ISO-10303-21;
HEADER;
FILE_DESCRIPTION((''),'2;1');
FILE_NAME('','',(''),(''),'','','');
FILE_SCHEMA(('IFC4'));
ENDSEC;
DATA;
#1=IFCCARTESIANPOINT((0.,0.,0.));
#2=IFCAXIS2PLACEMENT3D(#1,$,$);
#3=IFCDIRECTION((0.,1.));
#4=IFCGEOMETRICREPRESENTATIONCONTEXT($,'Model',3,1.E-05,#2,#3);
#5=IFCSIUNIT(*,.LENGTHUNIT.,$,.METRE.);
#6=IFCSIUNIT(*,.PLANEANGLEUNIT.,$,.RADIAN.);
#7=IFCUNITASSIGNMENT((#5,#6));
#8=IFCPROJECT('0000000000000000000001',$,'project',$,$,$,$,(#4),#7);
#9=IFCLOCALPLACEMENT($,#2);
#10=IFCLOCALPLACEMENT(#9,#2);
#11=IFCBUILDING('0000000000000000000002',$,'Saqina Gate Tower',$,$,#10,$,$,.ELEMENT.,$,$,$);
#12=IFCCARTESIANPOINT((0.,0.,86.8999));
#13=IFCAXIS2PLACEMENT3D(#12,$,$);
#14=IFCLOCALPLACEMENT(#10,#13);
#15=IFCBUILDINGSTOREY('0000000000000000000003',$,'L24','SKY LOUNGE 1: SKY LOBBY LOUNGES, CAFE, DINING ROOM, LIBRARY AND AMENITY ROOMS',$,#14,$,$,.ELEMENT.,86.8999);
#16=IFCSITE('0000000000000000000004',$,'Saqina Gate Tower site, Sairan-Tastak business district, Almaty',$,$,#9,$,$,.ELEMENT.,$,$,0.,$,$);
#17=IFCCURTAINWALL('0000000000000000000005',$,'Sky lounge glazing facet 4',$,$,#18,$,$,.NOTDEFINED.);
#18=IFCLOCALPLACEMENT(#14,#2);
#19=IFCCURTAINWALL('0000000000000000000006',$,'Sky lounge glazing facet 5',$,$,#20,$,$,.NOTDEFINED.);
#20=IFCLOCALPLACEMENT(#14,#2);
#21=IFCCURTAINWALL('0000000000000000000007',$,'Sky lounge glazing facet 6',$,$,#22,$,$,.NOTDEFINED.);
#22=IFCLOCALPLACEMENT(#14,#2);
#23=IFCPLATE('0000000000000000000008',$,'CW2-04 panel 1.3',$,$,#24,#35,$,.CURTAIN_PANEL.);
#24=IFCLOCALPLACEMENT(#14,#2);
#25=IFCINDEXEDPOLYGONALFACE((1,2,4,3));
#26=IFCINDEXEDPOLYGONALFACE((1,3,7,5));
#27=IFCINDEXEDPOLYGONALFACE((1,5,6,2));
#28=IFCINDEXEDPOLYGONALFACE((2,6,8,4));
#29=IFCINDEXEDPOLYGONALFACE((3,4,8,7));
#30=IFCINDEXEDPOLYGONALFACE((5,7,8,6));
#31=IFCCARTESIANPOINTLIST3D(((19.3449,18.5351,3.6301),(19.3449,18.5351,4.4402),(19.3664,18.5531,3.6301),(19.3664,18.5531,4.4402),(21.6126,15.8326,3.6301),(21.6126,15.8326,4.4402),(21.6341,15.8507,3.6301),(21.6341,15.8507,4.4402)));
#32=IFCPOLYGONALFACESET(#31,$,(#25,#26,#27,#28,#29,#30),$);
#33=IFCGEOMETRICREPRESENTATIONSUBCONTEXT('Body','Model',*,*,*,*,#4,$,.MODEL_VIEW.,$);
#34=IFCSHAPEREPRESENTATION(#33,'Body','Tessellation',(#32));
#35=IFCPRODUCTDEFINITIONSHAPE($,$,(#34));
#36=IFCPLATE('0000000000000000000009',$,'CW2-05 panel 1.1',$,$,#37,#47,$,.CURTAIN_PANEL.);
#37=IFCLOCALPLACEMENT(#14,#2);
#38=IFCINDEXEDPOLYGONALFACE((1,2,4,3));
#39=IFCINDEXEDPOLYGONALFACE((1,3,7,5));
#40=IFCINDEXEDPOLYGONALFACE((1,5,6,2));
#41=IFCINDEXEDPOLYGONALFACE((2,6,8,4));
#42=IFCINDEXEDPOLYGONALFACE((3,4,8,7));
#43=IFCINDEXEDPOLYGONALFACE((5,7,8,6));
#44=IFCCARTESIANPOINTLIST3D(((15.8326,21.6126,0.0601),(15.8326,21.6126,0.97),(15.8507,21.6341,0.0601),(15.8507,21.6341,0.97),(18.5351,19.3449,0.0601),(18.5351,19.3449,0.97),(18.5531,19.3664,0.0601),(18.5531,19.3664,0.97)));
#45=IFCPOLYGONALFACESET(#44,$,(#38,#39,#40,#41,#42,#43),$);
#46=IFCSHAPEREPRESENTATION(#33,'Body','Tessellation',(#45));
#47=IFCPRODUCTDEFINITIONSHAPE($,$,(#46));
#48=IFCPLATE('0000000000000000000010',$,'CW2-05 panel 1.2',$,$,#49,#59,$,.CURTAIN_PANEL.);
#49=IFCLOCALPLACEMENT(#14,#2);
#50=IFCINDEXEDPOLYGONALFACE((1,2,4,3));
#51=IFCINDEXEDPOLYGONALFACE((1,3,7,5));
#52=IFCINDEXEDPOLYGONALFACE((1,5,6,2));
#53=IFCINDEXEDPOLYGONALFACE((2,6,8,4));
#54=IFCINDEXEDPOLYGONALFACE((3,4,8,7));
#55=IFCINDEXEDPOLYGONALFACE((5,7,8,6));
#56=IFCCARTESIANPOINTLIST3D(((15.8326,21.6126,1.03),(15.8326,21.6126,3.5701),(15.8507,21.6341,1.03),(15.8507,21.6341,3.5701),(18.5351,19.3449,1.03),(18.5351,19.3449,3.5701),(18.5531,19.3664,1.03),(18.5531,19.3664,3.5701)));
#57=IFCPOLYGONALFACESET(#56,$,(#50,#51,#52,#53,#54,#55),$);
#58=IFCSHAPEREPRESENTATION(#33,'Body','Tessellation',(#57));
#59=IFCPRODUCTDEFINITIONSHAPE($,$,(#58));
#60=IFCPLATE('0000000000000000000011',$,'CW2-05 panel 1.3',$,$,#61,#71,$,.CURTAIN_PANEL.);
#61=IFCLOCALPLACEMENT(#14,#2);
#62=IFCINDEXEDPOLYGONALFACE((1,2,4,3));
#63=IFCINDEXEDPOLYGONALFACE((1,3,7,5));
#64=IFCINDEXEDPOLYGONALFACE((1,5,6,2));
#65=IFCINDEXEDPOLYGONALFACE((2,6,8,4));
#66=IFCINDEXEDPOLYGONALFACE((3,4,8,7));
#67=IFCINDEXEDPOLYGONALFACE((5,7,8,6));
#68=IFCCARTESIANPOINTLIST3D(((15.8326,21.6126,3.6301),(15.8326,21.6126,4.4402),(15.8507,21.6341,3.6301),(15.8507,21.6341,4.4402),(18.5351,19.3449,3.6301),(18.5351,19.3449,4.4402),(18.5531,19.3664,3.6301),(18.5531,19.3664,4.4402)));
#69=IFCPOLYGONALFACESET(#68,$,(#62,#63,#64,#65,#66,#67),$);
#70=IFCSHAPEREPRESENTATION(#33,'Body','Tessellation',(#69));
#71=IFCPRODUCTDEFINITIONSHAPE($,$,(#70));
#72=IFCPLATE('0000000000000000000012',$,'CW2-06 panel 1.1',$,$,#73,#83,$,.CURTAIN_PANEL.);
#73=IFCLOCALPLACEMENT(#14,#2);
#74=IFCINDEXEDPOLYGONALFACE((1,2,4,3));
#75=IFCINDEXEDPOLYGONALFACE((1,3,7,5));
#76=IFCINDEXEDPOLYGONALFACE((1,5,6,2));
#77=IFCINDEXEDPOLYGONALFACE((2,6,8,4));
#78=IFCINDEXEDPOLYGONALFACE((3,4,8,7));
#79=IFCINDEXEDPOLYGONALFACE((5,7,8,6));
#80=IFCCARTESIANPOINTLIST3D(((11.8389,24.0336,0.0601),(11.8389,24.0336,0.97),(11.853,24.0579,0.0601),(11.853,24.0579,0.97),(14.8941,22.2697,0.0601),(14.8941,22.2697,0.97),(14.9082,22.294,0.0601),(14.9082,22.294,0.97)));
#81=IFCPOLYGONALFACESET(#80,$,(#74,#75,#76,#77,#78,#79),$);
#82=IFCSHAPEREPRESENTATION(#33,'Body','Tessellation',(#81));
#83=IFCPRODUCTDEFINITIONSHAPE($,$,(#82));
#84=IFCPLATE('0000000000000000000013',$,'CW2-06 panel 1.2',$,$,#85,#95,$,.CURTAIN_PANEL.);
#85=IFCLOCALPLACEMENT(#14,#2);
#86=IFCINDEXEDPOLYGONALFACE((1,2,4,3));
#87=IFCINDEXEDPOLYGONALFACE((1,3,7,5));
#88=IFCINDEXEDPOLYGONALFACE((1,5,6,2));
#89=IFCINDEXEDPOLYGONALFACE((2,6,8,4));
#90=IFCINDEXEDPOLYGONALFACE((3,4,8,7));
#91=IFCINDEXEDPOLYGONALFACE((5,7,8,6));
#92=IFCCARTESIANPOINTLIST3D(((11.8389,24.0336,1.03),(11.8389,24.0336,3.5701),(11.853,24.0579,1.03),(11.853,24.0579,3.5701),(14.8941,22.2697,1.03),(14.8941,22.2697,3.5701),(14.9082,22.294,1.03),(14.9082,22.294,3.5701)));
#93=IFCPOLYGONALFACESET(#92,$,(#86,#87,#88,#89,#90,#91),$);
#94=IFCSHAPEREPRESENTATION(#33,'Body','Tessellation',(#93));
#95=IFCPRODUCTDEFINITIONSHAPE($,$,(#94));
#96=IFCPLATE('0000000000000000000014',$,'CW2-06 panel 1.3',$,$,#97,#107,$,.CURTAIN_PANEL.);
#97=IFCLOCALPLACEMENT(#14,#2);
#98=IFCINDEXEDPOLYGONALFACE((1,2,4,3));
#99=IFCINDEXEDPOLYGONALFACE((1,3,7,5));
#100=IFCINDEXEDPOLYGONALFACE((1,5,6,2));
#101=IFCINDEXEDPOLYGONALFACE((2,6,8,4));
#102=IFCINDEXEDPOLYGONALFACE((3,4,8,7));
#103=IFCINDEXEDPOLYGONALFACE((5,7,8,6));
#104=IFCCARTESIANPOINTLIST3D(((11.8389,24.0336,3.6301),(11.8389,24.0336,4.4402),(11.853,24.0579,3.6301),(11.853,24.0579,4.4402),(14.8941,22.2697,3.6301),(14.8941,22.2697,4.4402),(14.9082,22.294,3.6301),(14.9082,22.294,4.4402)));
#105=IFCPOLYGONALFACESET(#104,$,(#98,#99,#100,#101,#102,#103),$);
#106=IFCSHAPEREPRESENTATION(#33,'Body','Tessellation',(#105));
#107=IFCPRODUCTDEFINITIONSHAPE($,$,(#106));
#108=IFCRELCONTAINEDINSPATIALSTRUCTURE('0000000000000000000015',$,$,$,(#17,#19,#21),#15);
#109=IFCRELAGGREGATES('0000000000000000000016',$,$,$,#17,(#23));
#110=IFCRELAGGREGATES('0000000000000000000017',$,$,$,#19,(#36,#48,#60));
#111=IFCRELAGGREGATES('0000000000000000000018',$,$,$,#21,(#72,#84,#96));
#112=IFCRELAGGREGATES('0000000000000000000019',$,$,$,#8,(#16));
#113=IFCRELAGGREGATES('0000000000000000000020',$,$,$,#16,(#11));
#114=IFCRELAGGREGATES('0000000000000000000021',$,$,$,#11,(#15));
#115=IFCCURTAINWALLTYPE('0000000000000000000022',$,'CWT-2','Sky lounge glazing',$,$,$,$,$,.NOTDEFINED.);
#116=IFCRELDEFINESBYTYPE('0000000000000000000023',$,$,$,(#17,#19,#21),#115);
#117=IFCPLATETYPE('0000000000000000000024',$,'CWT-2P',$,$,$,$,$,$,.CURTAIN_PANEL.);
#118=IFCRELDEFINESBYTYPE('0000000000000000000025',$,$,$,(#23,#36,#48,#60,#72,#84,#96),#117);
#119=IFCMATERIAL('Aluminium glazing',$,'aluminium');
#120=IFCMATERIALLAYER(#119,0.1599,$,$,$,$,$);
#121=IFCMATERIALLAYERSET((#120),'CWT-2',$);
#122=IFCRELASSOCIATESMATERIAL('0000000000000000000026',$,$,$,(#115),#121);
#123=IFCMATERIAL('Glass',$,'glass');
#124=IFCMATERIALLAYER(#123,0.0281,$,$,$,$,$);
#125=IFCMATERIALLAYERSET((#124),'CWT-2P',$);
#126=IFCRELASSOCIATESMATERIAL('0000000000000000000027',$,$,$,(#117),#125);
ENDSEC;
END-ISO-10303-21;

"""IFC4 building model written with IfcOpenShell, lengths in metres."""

from ifc_helpers import new_model, si_unit, direction, frame, origin, origin_2d, place, context, subcontext, project, spatial, rectangle, extrude, material, layer, layer_set, type_object, element, aggregate, save


model = new_model("IFC4")

# Units and contexts
model_context = context("Model", 3, precision=1e-05, world=origin(), true_north=direction((0.0, 1.0)))
body_context = subcontext(model_context, "Body", "Model", "MODEL_VIEW")
ifc_project = project(units=[si_unit("LENGTHUNIT", "METRE"), si_unit("PLANEANGLEUNIT", "RADIAN")], contexts=[model_context])

# Site, building, storey
site_placement = place(None, origin())
site = spatial("IfcSite", under=ifc_project, at=site_placement, Name="Saqina Gate Tower site, Sairan-Tastak business district, Almaty", CompositionType="ELEMENT", RefElevation=0.0)
building_placement = place(site_placement, origin())
building = spatial("IfcBuilding", under=site, at=building_placement, Name="Saqina Gate Tower", CompositionType="ELEMENT")
storey_placement = place(building_placement, frame((0.0, 0.0, 86.8999)))
storey = spatial("IfcBuildingStorey", under=building, at=storey_placement, Name="L24", Description="SKY LOUNGE 1: SKY LOBBY LOUNGES, CAFE, DINING ROOM, LIBRARY AND AMENITY ROOMS", CompositionType="ELEMENT", Elevation=86.8999)

# Curtain wall
ifc_material_1 = material(Name="Aluminium glazing", Category="aluminium")
ifc_layer_1 = layer(ifc_material_1, 0.1599)
ifc_layer_set_1 = layer_set([ifc_layer_1], Name="CWT-2")
curtain_wall_type = type_object("IfcCurtainWallType", Name="CWT-2", Description="Sky lounge glazing", PredefinedType="NOTDEFINED", material=ifc_layer_set_1)
curtain_wall_1_placement = place(storey_placement, origin())
curtain_wall_1 = element("IfcCurtainWall", 1, at=curtain_wall_1_placement, inside=storey, type_object=curtain_wall_type, Name="Sky lounge glazing facet 4", PredefinedType="NOTDEFINED")

# Curtain wall
curtain_wall_2_placement = place(storey_placement, origin())
curtain_wall_2 = element("IfcCurtainWall", 2, at=curtain_wall_2_placement, inside=storey, type_object=curtain_wall_type, Name="Sky lounge glazing facet 5", PredefinedType="NOTDEFINED")

# Curtain wall
curtain_wall_3_placement = place(storey_placement, origin())
curtain_wall_3 = element("IfcCurtainWall", 3, at=curtain_wall_3_placement, inside=storey, type_object=curtain_wall_type, Name="Sky lounge glazing facet 6", PredefinedType="NOTDEFINED")

# Plates
ifc_material_2 = material(Name="Glass", Category="glass")
ifc_layer_2 = layer(ifc_material_2, 0.0281)
ifc_layer_set_2 = layer_set([ifc_layer_2], Name="CWT-2P")
plate_type = type_object("IfcPlateType", Name="CWT-2P", PredefinedType="CURTAIN_PANEL", material=ifc_layer_set_2)
plate_1_placement = place(storey_placement, frame((20.4895, 17.1929, 3.6301), z_axis=(0.0, 0.0, 1.0), x_axis=(-0.642791, 0.766042, 0.0)))
plate_1 = element("IfcPlate", 4, at=plate_1_placement, type_object=plate_type, Name="CW2-04 panel 1.3", PredefinedType="CURTAIN_PANEL", context=body_context, shape_type="SweptSolid", body=[
    extrude(rectangle(XDim=3.5278, YDim=0.0281, at=origin_2d()), origin(), (0.0, 0.0, 1.0), 0.8101),
])
aggregate(curtain_wall_1, [plate_1])
plate_2_placement = place(storey_placement, frame((17.1929, 20.4895, 0.0601), z_axis=(0.0, 0.0, 1.0), x_axis=(-0.766042, 0.642791, 0.0)))
plate_2 = element("IfcPlate", 5, at=plate_2_placement, type_object=plate_type, Name="CW2-05 panel 1.1", PredefinedType="CURTAIN_PANEL", context=body_context, shape_type="SweptSolid", body=[
    extrude(rectangle(XDim=3.5278, YDim=0.0281, at=origin_2d()), origin(), (0.0, 0.0, 1.0), 0.9099),
])
plate_3_placement = place(storey_placement, frame((17.1929, 20.4895, 1.03), z_axis=(0.0, 0.0, 1.0), x_axis=(-0.766042, 0.642791, 0.0)))
plate_3 = element("IfcPlate", 6, at=plate_3_placement, type_object=plate_type, Name="CW2-05 panel 1.2", PredefinedType="CURTAIN_PANEL", context=body_context, shape_type="SweptSolid", body=[
    extrude(rectangle(XDim=3.5278, YDim=0.0281, at=origin_2d()), origin(), (0.0, 0.0, 1.0), 2.54),
])
plate_4_placement = place(storey_placement, frame((17.1929, 20.4895, 3.6301), z_axis=(0.0, 0.0, 1.0), x_axis=(-0.766042, 0.642791, 0.0)))
plate_4 = element("IfcPlate", 7, at=plate_4_placement, type_object=plate_type, Name="CW2-05 panel 1.3", PredefinedType="CURTAIN_PANEL", context=body_context, shape_type="SweptSolid", body=[
    extrude(rectangle(XDim=3.5278, YDim=0.0281, at=origin_2d()), origin(), (0.0, 0.0, 1.0), 0.8101),
])
aggregate(curtain_wall_2, [plate_2, plate_3, plate_4])
plate_5_placement = place(storey_placement, frame((13.3735, 23.1638, 0.0601), z_axis=(0.0, 0.0, 1.0), x_axis=(-0.866026, 0.499999, 0.0)))
plate_5 = element("IfcPlate", 8, at=plate_5_placement, type_object=plate_type, Name="CW2-06 panel 1.1", PredefinedType="CURTAIN_PANEL", context=body_context, shape_type="SweptSolid", body=[
    extrude(rectangle(XDim=3.5278, YDim=0.0281, at=origin_2d()), origin(), (0.0, 0.0, 1.0), 0.9099),
])
plate_6_placement = place(storey_placement, frame((13.3735, 23.1638, 1.03), z_axis=(0.0, 0.0, 1.0), x_axis=(-0.866026, 0.499999, 0.0)))
plate_6 = element("IfcPlate", 9, at=plate_6_placement, type_object=plate_type, Name="CW2-06 panel 1.2", PredefinedType="CURTAIN_PANEL", context=body_context, shape_type="SweptSolid", body=[
    extrude(rectangle(XDim=3.5278, YDim=0.0281, at=origin_2d()), origin(), (0.0, 0.0, 1.0), 2.54),
])
plate_7_placement = place(storey_placement, frame((13.3735, 23.1638, 3.6301), z_axis=(0.0, 0.0, 1.0), x_axis=(-0.866026, 0.499999, 0.0)))
plate_7 = element("IfcPlate", 10, at=plate_7_placement, type_object=plate_type, Name="CW2-06 panel 1.3", PredefinedType="CURTAIN_PANEL", context=body_context, shape_type="SweptSolid", body=[
    extrude(rectangle(XDim=3.5278, YDim=0.0281, at=origin_2d()), origin(), (0.0, 0.0, 1.0), 0.8101),
])
aggregate(curtain_wall_3, [plate_5, plate_6, plate_7])

save(model, "model.ifc")
